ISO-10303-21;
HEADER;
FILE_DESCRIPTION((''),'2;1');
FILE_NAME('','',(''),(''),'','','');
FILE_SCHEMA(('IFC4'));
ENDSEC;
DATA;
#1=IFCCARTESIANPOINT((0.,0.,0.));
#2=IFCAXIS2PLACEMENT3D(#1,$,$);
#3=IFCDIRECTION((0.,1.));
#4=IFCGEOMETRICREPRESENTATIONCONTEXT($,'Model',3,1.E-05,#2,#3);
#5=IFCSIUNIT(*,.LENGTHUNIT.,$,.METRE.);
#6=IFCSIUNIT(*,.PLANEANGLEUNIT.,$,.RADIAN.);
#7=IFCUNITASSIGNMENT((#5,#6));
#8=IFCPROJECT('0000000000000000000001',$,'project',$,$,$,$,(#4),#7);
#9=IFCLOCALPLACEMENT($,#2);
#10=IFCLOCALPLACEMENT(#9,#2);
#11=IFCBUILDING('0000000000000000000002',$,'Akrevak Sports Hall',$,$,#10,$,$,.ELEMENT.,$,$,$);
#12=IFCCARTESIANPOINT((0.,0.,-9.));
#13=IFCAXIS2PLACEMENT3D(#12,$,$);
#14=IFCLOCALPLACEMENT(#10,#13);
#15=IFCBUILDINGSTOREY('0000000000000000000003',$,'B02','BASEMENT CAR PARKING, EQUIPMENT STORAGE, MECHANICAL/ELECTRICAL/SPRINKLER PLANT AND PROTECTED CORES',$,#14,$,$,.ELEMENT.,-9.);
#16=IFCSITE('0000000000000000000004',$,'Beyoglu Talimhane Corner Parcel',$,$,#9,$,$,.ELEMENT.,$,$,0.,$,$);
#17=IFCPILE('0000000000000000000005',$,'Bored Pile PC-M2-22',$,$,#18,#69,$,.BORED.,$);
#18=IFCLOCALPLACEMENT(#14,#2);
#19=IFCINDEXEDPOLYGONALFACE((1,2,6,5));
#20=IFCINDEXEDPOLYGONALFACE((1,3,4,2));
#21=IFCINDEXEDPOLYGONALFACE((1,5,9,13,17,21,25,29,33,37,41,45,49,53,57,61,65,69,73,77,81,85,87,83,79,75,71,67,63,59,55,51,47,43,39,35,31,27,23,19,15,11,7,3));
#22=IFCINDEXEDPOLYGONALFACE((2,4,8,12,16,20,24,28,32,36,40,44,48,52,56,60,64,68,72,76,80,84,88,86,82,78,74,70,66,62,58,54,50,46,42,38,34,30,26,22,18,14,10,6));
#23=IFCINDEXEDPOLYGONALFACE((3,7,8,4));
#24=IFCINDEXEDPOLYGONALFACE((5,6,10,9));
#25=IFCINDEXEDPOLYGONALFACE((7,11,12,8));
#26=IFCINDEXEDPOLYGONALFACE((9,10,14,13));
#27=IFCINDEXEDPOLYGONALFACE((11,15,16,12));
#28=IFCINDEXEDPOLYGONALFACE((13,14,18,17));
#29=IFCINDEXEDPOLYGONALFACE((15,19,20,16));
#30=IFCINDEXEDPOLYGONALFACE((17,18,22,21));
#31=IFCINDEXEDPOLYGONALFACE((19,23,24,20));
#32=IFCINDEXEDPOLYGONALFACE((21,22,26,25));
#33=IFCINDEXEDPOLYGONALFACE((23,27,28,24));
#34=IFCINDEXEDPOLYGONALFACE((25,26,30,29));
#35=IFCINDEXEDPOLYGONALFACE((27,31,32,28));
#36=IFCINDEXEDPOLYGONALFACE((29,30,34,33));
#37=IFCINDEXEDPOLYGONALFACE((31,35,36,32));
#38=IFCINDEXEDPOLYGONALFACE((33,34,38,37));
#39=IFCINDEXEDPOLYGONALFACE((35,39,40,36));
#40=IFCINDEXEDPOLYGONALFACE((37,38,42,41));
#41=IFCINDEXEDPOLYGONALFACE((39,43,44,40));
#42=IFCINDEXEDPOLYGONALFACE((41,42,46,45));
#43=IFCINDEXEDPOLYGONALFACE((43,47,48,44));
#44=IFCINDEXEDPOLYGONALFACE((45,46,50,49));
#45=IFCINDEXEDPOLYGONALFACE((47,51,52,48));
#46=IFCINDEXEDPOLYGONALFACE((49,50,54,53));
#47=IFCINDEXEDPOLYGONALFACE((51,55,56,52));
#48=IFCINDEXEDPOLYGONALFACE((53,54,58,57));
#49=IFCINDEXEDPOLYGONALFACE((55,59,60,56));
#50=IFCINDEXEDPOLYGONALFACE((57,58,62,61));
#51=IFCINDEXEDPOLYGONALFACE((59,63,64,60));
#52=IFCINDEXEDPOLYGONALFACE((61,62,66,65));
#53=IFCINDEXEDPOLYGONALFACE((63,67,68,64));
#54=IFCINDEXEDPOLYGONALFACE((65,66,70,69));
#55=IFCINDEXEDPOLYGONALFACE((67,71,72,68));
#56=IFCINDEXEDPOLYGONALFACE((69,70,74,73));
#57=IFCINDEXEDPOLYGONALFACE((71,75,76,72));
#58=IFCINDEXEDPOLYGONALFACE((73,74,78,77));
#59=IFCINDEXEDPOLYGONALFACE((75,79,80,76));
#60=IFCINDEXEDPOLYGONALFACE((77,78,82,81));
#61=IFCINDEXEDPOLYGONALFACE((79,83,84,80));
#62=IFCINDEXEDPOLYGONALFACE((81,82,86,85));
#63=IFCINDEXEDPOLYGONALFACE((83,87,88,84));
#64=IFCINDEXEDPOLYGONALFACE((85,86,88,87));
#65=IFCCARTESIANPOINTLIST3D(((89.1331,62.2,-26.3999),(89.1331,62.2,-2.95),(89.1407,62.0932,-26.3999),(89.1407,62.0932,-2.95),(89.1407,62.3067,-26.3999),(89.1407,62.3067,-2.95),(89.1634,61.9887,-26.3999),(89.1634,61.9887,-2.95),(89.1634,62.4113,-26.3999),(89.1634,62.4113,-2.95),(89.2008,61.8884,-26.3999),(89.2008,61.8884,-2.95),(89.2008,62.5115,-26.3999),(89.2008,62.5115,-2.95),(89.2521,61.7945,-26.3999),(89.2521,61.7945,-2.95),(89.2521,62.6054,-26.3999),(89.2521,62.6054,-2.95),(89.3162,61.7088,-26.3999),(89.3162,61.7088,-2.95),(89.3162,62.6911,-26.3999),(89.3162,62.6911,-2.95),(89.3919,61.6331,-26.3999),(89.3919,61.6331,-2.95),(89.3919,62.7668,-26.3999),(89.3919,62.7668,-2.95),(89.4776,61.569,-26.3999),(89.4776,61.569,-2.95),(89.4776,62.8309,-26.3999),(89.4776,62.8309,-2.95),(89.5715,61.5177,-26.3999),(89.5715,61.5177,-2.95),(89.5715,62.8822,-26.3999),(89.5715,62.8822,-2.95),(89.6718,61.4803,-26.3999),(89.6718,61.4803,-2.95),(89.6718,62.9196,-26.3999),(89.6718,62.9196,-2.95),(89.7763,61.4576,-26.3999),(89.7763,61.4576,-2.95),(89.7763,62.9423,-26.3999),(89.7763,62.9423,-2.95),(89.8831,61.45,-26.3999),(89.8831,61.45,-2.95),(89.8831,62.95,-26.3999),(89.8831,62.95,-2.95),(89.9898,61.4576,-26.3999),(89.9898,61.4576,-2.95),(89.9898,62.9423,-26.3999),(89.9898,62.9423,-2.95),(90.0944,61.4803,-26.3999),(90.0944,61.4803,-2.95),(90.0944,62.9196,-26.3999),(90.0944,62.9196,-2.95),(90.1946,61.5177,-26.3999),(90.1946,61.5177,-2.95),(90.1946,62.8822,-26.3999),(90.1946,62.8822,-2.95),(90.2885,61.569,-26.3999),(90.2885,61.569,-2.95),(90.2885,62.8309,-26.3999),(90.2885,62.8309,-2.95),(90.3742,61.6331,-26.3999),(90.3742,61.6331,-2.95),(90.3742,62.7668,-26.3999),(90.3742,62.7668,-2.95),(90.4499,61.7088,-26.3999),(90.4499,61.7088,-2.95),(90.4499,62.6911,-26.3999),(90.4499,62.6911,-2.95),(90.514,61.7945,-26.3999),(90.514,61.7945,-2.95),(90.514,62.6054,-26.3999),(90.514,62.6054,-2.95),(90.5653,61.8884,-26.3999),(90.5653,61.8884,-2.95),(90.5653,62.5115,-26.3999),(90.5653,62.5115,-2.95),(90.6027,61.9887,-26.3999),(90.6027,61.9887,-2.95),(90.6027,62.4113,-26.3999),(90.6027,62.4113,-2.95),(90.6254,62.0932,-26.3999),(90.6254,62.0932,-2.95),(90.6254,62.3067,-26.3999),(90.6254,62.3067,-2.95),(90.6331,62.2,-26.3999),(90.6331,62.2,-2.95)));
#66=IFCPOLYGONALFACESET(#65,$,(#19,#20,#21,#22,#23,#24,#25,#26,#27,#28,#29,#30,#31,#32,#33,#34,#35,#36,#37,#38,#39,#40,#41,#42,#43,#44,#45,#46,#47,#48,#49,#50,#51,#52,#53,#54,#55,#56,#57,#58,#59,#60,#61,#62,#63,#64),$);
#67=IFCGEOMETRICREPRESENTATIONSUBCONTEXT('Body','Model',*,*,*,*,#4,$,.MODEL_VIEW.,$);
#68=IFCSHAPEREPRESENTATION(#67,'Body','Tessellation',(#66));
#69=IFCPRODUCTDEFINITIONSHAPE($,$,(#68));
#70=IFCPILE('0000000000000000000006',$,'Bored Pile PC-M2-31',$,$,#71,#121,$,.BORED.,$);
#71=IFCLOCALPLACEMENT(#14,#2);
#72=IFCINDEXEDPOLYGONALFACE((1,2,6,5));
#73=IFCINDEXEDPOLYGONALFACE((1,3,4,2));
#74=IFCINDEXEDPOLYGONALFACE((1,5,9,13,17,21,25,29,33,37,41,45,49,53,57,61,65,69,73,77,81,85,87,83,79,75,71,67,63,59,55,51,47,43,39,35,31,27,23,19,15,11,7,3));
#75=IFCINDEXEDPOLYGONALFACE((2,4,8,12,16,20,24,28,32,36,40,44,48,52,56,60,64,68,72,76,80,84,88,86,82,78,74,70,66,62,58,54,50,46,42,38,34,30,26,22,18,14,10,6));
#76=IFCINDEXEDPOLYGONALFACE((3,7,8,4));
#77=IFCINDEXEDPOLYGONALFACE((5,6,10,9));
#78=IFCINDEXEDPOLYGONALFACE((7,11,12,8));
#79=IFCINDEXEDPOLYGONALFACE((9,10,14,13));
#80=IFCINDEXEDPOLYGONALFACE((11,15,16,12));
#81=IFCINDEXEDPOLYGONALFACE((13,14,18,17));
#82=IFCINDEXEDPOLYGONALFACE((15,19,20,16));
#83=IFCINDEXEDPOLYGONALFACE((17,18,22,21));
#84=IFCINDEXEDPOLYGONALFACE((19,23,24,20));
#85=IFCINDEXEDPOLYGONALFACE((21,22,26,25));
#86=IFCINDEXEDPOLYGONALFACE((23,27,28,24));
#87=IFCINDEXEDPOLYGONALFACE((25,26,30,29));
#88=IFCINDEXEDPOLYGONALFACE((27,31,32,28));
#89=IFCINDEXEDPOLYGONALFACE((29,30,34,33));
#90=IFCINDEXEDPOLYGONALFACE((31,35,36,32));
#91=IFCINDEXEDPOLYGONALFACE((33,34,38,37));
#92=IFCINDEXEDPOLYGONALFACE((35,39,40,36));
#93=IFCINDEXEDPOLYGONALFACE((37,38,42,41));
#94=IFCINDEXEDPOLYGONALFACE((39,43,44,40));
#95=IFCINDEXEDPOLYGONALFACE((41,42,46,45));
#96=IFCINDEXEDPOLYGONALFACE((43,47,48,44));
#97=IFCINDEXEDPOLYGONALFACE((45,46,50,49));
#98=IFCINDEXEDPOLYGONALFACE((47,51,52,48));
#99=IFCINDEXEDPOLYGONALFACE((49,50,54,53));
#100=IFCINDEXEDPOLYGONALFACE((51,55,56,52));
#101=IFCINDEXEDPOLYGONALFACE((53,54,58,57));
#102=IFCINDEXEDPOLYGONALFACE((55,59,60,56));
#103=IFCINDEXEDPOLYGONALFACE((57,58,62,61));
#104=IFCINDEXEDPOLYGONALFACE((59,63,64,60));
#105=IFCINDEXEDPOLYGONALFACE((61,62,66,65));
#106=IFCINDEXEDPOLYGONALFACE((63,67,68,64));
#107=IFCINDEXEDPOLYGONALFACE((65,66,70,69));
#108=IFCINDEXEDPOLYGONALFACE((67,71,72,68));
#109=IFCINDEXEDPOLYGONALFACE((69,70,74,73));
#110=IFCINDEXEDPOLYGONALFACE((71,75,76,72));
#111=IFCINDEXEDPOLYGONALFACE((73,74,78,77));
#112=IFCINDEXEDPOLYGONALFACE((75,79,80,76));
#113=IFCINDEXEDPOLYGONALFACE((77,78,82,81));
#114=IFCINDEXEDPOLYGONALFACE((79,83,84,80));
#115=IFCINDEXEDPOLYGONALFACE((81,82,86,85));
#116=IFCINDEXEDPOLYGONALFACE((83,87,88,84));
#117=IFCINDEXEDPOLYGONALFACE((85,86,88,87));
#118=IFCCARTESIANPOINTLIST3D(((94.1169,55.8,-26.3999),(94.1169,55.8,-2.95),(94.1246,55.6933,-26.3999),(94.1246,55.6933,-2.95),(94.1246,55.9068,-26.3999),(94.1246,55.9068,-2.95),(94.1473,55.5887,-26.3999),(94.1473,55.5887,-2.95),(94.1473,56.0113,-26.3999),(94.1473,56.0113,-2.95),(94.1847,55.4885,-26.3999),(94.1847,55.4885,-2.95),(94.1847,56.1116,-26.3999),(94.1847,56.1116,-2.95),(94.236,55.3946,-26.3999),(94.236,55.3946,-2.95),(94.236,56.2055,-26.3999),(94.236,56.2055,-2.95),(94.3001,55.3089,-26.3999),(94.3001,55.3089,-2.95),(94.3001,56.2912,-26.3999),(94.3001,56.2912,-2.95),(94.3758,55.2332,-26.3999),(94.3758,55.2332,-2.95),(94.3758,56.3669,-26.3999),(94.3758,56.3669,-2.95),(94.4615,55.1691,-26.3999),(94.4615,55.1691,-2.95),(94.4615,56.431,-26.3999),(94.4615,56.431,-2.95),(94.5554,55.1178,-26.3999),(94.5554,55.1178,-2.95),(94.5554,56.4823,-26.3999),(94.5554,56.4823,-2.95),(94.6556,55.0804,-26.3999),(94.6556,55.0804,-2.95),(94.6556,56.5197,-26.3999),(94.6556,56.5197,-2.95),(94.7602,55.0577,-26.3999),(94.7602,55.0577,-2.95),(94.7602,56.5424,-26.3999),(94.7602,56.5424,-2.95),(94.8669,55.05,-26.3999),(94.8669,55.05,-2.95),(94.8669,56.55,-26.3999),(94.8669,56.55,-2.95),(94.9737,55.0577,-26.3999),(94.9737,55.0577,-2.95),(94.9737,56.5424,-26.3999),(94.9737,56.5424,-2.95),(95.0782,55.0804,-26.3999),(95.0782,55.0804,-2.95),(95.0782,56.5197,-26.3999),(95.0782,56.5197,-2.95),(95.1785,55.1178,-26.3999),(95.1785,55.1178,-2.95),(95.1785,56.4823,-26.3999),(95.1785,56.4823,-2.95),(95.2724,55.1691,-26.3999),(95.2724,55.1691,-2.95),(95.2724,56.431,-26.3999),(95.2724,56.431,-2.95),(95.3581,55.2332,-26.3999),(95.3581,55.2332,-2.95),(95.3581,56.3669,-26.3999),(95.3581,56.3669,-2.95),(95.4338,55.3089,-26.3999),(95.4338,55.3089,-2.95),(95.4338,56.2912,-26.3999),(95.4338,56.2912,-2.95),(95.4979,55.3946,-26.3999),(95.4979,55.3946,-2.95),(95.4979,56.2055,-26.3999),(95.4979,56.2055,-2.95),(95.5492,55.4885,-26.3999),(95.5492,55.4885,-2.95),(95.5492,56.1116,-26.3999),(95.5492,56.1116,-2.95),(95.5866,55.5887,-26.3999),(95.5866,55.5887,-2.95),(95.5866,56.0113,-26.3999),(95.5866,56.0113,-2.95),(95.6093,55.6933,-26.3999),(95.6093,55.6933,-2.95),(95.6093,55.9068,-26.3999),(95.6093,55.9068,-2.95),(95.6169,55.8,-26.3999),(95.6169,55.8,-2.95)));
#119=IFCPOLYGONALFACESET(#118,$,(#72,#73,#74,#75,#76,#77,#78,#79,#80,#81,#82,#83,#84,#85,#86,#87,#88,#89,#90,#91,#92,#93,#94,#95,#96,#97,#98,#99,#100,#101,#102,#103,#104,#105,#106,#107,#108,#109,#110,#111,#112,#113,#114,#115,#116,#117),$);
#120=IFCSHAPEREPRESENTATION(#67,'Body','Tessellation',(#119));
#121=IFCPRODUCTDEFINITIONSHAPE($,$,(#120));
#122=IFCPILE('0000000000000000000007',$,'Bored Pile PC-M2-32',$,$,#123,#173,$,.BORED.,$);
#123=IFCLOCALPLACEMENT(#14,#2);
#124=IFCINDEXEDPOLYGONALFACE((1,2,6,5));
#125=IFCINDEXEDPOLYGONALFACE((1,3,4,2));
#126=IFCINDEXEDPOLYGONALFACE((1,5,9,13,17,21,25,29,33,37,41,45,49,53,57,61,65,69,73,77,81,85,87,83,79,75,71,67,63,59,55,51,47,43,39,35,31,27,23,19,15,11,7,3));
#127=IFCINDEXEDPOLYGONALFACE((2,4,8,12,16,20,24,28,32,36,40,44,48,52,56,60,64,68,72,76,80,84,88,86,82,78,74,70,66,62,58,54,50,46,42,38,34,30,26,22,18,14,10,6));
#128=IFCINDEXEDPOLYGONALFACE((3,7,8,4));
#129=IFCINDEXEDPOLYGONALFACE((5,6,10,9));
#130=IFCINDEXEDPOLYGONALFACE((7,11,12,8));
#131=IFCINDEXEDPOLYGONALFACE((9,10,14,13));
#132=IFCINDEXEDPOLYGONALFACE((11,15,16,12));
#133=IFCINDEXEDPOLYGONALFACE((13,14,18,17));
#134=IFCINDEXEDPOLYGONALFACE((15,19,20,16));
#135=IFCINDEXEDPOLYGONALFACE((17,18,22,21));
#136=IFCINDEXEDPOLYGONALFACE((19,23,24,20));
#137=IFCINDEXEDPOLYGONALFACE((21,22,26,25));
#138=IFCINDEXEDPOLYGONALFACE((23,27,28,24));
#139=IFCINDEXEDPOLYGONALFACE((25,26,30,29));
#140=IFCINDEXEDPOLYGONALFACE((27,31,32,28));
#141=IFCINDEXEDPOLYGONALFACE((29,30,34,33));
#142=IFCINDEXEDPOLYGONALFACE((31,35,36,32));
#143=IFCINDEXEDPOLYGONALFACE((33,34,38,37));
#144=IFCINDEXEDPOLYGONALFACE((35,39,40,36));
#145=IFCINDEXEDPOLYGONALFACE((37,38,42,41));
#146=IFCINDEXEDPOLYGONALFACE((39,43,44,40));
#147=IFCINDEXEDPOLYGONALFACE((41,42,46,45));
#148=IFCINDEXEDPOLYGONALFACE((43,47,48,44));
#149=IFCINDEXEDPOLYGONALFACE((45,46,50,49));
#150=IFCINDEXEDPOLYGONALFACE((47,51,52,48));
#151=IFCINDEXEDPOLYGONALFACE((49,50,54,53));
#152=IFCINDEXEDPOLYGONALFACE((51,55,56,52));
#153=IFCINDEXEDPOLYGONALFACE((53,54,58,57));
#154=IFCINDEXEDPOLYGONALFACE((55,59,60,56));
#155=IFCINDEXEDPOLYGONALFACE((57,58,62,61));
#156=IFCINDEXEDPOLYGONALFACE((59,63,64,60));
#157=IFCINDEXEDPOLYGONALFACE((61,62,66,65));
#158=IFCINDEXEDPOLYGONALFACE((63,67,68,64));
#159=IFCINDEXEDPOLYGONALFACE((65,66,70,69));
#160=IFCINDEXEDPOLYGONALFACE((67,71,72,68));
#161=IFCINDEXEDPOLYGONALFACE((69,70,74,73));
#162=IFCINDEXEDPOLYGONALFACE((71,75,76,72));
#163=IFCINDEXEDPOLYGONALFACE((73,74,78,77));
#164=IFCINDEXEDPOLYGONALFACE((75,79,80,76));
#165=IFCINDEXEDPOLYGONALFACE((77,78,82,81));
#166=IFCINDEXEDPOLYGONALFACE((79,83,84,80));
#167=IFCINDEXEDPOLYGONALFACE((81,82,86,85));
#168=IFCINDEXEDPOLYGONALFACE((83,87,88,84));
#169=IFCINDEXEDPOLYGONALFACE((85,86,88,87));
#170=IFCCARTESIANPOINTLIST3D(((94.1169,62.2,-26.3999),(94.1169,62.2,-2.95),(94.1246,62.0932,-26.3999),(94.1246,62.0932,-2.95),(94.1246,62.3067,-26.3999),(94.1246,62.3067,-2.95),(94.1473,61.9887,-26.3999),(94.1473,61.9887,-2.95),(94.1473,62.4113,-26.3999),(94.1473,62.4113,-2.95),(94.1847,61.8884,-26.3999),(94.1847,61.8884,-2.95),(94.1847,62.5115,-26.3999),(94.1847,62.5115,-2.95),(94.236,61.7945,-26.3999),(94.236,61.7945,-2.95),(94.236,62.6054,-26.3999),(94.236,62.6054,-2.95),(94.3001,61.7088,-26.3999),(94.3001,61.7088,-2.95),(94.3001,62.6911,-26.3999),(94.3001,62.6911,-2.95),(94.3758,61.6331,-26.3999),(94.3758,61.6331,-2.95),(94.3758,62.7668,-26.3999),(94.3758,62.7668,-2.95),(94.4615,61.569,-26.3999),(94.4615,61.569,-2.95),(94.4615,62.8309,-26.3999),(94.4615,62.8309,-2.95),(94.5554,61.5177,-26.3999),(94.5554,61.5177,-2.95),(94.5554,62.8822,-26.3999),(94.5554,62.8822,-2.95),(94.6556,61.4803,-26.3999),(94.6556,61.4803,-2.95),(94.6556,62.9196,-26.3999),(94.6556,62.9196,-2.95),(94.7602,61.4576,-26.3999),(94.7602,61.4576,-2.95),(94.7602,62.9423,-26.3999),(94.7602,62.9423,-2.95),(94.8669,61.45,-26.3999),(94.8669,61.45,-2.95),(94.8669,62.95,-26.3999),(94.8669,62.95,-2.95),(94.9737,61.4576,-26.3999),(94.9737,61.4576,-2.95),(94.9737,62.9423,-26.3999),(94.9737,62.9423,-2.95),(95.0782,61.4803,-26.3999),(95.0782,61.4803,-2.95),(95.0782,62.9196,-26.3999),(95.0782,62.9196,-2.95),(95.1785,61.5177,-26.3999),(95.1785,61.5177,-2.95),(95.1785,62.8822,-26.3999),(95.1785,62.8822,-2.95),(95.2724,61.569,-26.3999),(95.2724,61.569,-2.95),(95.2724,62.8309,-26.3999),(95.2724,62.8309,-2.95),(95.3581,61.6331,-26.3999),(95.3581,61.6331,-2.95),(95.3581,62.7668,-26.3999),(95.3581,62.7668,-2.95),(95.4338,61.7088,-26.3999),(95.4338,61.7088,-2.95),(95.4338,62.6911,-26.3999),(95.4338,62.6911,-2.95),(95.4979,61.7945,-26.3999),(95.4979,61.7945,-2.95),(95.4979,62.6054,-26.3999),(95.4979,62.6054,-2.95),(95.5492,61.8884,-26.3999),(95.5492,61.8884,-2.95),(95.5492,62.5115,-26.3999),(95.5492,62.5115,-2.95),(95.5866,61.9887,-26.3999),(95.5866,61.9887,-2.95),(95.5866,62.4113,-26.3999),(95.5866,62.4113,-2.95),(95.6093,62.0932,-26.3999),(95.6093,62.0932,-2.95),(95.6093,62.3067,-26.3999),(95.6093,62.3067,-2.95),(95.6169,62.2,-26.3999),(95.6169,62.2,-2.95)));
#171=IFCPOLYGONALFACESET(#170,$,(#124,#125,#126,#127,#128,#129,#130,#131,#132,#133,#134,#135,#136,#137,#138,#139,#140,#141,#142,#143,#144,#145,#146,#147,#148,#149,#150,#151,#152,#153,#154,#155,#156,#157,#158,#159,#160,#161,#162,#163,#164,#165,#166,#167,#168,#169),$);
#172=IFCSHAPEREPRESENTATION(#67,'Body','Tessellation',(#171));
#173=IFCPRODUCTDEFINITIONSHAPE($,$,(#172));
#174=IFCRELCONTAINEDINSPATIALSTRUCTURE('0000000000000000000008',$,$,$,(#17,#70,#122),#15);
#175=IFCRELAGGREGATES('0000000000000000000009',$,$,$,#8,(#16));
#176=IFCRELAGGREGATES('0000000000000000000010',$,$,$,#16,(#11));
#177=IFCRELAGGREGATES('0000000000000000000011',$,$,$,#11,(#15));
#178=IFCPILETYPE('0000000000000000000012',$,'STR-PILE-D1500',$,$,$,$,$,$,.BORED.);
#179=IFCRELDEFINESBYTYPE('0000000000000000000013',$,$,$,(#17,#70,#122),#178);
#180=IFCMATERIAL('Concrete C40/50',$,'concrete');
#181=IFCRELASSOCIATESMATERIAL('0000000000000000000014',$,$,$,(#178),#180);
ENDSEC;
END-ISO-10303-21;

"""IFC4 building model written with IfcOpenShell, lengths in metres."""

from ifc_helpers import new_model, si_unit, direction, frame, origin, origin_2d, place, context, subcontext, project, spatial, circle, extrude, material, material_profile, profile_set, type_object, element, save


model = new_model("IFC4")

# Units and contexts
model_context = context("Model", 3, precision=1e-05, world=origin(), true_north=direction((0.0, 1.0)))
body_context = subcontext(model_context, "Body", "Model", "MODEL_VIEW")
ifc_project = project(units=[si_unit("LENGTHUNIT", "METRE"), si_unit("PLANEANGLEUNIT", "RADIAN")], contexts=[model_context])

# Site, building, storey
site_placement = place(None, origin())
site = spatial("IfcSite", under=ifc_project, at=site_placement, Name="Beyoglu Talimhane Corner Parcel", CompositionType="ELEMENT", RefElevation=0.0)
building_placement = place(site_placement, origin())
building = spatial("IfcBuilding", under=site, at=building_placement, Name="Akrevak Sports Hall", CompositionType="ELEMENT")
storey_placement = place(building_placement, frame((0.0, 0.0, -9.0)))
storey = spatial("IfcBuildingStorey", under=building, at=storey_placement, Name="B02", Description="BASEMENT CAR PARKING, EQUIPMENT STORAGE, MECHANICAL/ELECTRICAL/SPRINKLER PLANT AND PROTECTED CORES", CompositionType="ELEMENT", Elevation=-9.0)

# Shared definitions
ifc_material_1 = material(Name="Concrete C40/50", Category="concrete")

# Piles
ifc_material_profile_1 = material_profile(ifc_material_1, circle(Radius=0.75, at=origin_2d()), Name="BORED PILE D1500", Category="concrete")
ifc_profile_set_1 = profile_set([ifc_material_profile_1], Name="Concrete C40/50")
pile_type_1 = type_object("IfcPileType", Name="STR-PILE-D1500", PredefinedType="BORED", material=ifc_profile_set_1)
for number, where, z_axis, x_axis, name in (
    (1, (89.8831, 62.2, -2.95), (0.0, 0.0, -1.0), (1.0, 0.0, 0.0), "Bored Pile PC-M2-22"),
    (2, (94.8669, 55.8, -2.95), (0.0, 0.0, -1.0), (1.0, 0.0, 0.0), "Bored Pile PC-M2-31"),
    (3, (94.8669, 62.2, -2.95), (0.0, 0.0, -1.0), (1.0, 0.0, 0.0), "Bored Pile PC-M2-32"),
):
    element("IfcPile", number, at=place(storey_placement, frame(where, z_axis=z_axis, x_axis=x_axis)), inside=storey, type_object=pile_type_1, Name=name, PredefinedType="BORED", context=body_context, shape_type="SweptSolid", body=[
        extrude(circle(Radius=0.75, at=origin_2d()), origin(), (0.0, 0.0, 1.0), 23.45),
    ])

save(model, "model.ifc")
